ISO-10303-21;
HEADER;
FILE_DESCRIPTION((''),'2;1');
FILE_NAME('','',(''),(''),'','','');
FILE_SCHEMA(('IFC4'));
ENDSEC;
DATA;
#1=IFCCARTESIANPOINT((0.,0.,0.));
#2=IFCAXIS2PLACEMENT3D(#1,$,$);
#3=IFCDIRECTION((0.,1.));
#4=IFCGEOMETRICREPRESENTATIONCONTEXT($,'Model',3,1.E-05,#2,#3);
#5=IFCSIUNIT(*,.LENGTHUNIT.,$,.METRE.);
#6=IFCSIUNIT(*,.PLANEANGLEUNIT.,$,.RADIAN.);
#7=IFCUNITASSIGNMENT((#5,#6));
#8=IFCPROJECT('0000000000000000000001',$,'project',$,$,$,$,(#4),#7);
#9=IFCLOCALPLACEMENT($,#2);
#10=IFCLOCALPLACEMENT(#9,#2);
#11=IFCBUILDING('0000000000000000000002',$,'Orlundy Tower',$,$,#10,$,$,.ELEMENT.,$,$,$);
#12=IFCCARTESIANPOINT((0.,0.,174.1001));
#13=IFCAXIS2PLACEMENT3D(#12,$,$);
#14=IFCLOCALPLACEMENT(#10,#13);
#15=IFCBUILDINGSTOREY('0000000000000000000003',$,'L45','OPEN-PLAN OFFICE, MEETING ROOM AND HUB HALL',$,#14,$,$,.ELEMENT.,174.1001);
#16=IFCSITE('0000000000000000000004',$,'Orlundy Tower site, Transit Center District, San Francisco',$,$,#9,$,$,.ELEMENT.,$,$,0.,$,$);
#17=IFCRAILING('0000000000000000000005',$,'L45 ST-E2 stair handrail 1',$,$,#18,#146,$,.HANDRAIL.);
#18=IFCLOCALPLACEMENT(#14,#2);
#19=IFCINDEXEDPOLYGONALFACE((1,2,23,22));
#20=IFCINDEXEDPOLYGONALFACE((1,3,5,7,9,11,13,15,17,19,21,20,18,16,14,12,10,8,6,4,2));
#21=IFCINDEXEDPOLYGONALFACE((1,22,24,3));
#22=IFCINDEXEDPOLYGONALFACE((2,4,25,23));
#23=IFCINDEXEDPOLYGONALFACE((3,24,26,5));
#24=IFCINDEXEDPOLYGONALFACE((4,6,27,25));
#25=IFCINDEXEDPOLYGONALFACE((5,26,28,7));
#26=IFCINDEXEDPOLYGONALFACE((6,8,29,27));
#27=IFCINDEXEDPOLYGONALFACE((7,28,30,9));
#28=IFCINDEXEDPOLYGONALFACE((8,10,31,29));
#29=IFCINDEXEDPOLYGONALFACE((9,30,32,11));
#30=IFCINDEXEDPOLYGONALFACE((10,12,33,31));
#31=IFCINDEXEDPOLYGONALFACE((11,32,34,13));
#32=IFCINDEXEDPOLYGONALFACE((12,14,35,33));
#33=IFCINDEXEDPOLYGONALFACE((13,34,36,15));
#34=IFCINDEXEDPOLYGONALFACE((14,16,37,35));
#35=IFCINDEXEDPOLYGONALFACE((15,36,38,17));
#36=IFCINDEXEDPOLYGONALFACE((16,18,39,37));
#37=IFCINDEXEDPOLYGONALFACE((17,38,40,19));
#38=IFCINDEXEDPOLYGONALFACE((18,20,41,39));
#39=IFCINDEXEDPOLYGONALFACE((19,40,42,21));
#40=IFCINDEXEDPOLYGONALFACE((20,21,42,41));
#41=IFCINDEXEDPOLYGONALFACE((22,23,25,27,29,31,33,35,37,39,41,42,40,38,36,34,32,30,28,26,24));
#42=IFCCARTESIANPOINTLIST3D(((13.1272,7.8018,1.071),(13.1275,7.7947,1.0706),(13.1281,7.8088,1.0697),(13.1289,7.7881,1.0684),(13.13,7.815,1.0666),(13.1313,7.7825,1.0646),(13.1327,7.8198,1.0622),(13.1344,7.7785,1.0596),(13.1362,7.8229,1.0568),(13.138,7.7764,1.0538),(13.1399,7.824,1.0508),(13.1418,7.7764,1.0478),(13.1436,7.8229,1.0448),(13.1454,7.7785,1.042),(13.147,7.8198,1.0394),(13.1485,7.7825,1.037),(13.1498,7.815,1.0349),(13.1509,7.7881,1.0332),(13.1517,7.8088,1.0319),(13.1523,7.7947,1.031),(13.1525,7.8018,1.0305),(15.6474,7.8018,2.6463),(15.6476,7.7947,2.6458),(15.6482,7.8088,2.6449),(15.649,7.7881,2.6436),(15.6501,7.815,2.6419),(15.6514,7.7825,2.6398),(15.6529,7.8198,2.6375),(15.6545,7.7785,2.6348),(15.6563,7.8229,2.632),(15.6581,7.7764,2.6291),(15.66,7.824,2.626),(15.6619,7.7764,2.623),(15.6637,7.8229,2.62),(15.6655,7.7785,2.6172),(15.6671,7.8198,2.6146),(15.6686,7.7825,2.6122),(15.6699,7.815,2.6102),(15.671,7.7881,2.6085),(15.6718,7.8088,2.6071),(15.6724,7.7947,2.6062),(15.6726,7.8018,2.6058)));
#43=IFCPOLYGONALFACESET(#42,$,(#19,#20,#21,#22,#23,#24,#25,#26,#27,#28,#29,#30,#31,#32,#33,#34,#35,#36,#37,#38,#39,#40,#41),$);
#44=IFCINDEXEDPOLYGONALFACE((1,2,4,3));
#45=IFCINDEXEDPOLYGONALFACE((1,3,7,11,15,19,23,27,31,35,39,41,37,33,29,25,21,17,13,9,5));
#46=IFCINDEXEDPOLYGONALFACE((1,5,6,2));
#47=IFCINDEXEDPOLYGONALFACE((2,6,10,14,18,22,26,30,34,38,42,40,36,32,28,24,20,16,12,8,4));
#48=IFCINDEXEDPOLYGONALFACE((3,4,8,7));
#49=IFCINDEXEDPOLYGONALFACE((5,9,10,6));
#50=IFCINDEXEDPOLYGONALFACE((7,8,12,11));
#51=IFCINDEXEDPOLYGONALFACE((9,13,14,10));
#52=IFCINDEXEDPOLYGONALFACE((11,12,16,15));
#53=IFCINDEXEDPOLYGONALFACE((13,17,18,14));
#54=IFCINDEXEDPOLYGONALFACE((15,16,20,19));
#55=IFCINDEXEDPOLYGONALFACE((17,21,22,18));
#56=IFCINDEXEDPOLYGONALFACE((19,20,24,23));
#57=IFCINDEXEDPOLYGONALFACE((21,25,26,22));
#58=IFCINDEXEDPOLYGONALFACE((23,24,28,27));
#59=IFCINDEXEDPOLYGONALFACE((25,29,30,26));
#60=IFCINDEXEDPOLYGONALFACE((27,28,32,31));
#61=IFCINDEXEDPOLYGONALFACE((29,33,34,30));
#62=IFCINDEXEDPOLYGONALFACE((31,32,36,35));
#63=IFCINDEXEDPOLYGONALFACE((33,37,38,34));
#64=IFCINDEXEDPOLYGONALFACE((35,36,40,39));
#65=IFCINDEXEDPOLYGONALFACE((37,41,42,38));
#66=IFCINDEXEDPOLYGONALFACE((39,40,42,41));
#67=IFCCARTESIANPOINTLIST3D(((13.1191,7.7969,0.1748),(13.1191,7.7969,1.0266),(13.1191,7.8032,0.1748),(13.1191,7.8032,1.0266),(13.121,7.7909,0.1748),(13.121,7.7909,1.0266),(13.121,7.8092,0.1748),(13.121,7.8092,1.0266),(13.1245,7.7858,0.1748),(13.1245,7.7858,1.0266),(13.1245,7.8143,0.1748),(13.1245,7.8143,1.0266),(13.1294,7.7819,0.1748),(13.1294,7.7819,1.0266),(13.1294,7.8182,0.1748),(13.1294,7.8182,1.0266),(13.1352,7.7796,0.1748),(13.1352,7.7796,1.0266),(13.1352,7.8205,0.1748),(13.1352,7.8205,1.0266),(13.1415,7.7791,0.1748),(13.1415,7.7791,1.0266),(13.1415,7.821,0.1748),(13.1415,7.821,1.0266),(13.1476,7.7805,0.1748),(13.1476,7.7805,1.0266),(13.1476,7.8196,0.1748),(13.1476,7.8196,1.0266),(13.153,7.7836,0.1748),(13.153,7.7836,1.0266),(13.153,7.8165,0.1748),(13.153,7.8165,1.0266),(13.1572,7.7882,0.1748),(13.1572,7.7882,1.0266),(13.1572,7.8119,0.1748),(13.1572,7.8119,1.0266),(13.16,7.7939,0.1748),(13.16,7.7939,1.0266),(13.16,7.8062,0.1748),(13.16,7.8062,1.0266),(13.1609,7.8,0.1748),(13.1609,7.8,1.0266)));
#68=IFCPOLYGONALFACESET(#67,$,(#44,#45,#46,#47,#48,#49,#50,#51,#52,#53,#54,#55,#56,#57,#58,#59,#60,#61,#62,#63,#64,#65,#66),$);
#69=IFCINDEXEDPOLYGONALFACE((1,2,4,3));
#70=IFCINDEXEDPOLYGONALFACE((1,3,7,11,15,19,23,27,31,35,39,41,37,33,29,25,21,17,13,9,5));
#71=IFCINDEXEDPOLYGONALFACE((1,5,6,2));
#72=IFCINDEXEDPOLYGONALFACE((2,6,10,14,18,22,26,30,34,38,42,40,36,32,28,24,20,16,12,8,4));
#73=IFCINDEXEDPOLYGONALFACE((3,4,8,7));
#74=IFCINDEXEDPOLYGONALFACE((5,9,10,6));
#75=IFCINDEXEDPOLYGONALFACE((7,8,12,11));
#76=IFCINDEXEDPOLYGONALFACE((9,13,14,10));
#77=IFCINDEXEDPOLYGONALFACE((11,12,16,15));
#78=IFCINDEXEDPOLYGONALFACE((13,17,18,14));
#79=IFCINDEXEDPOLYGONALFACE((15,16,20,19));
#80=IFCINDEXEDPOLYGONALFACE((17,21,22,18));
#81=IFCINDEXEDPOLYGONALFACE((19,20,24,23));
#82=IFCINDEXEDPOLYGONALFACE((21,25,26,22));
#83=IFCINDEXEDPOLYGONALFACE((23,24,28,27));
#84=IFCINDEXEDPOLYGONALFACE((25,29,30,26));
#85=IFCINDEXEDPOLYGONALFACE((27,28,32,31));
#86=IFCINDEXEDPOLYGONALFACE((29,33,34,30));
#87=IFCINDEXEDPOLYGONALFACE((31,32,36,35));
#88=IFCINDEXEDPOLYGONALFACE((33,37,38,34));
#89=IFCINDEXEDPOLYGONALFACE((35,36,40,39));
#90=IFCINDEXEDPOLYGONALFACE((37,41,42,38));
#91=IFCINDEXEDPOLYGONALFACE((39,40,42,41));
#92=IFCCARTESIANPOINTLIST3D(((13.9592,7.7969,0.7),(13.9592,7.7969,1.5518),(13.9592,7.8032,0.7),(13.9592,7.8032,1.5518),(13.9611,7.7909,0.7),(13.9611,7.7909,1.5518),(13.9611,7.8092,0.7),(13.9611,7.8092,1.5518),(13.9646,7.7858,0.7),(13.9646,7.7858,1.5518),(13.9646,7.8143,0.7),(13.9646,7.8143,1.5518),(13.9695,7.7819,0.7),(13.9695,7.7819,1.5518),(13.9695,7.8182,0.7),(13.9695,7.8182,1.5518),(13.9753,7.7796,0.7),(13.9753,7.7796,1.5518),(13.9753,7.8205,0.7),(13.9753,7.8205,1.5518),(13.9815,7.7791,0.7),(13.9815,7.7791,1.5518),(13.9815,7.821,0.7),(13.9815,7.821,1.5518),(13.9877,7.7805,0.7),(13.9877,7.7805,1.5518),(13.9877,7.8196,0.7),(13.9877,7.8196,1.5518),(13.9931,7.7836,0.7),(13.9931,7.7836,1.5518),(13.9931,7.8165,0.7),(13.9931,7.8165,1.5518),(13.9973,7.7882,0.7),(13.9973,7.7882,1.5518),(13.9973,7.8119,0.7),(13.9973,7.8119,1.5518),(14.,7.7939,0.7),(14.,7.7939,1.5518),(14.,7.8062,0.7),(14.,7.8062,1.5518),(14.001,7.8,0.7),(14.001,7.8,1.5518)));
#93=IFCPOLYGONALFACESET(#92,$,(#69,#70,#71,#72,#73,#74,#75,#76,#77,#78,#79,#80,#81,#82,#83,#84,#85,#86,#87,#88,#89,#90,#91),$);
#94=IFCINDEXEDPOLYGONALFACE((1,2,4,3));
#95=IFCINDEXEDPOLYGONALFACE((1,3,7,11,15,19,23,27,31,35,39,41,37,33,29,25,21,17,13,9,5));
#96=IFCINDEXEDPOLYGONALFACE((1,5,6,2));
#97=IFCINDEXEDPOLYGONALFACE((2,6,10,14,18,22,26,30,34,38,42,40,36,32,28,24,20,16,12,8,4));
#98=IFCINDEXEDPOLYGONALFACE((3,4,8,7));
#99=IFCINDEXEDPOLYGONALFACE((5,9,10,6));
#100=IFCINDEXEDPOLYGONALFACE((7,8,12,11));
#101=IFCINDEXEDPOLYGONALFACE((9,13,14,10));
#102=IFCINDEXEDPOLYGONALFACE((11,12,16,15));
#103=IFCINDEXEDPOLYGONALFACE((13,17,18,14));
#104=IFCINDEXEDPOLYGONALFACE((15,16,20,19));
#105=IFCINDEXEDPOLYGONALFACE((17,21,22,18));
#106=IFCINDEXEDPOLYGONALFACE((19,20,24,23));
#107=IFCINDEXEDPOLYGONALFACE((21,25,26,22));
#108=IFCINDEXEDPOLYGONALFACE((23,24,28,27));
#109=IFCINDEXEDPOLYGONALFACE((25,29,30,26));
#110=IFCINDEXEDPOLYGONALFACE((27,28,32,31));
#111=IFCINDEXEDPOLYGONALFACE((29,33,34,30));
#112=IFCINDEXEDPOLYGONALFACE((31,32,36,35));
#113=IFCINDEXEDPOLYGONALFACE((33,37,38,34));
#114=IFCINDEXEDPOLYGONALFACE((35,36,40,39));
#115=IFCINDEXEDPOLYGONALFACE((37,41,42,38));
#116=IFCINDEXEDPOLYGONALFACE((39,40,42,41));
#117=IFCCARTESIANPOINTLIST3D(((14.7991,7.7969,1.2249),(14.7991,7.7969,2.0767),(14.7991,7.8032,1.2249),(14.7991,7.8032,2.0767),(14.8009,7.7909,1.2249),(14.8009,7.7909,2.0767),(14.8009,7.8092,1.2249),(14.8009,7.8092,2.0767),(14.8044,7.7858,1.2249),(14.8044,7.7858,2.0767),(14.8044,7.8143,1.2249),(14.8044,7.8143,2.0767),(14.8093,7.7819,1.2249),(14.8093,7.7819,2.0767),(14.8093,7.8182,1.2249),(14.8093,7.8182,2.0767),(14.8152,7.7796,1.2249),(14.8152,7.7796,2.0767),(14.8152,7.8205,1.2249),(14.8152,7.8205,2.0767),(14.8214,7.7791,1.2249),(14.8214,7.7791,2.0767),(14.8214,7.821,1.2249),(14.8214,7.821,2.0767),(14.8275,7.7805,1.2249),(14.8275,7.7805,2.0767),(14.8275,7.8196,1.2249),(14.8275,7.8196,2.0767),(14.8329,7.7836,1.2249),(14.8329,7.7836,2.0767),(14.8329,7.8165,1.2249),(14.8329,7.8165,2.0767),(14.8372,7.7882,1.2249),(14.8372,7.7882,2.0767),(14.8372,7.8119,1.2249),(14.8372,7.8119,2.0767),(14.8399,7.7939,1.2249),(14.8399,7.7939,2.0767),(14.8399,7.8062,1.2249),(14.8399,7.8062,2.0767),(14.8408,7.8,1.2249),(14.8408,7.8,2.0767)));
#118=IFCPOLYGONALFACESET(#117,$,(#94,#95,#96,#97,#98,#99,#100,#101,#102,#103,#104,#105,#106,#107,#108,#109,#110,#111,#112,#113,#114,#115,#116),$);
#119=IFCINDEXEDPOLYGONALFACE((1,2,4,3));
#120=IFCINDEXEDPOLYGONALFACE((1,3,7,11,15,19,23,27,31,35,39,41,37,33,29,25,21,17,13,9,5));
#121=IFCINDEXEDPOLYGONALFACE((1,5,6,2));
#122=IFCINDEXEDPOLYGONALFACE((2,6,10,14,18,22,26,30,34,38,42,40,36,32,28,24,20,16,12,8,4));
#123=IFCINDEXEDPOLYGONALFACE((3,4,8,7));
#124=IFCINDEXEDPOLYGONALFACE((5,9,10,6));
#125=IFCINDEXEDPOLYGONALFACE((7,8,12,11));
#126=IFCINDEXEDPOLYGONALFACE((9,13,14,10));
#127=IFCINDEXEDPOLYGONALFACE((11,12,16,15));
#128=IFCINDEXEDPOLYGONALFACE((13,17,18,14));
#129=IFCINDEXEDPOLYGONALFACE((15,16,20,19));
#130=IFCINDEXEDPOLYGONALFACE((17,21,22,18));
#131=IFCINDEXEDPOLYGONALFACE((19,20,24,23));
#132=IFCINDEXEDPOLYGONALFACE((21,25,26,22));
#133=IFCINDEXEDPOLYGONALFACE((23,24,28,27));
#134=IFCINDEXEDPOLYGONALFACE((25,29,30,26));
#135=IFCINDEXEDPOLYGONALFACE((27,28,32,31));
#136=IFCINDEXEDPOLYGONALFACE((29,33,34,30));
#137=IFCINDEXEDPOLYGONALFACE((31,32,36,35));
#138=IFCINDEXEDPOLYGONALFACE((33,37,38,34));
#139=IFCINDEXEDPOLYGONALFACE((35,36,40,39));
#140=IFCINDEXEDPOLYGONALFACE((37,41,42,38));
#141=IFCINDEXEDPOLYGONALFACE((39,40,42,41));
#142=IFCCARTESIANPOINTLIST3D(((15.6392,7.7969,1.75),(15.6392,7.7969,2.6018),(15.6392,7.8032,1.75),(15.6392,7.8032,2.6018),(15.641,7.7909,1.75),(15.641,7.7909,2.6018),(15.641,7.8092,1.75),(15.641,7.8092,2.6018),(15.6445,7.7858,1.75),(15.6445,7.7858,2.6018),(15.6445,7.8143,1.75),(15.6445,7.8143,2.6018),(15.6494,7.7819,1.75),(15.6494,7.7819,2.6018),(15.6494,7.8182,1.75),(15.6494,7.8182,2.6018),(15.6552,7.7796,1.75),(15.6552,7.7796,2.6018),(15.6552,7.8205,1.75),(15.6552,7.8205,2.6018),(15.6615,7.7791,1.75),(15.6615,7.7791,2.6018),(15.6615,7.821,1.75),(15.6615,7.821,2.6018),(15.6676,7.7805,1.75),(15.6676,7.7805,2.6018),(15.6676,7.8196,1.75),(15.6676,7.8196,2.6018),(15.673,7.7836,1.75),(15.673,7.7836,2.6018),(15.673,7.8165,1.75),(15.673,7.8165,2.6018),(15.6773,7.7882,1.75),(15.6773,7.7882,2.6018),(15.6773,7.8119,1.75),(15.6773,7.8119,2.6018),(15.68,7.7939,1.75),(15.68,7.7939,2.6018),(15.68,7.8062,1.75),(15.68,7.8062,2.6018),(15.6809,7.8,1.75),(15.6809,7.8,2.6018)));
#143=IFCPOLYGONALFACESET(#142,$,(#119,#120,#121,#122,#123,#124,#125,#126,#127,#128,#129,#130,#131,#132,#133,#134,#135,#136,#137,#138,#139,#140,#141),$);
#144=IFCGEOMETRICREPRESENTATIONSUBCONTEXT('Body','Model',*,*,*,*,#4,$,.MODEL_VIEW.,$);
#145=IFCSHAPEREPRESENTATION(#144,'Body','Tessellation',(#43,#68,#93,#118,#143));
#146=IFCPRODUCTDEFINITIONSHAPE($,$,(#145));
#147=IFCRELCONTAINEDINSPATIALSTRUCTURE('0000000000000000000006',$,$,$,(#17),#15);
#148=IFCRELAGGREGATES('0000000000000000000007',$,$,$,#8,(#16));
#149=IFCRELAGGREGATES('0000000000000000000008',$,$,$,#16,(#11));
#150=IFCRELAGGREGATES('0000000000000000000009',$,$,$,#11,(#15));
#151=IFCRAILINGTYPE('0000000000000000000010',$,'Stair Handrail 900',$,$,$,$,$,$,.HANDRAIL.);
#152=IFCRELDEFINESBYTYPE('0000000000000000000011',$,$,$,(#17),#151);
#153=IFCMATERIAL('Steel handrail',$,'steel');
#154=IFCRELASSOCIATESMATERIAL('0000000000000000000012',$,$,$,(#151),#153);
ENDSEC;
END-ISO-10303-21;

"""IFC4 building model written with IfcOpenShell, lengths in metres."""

from ifc_helpers import new_model, si_unit, direction, frame, origin, origin_2d, place, context, subcontext, project, spatial, circle, extrude, material, type_object, element, save


model = new_model("IFC4")

# Units and contexts
model_context = context("Model", 3, precision=1e-05, world=origin(), true_north=direction((0.0, 1.0)))
body_context = subcontext(model_context, "Body", "Model", "MODEL_VIEW")
ifc_project = project(units=[si_unit("LENGTHUNIT", "METRE"), si_unit("PLANEANGLEUNIT", "RADIAN")], contexts=[model_context])

# Site, building, storey
site_placement = place(None, origin())
site = spatial("IfcSite", under=ifc_project, at=site_placement, Name="Orlundy Tower site, Transit Center District, San Francisco", CompositionType="ELEMENT", RefElevation=0.0)
building_placement = place(site_placement, origin())
building = spatial("IfcBuilding", under=site, at=building_placement, Name="Orlundy Tower", CompositionType="ELEMENT")
storey_placement = place(building_placement, frame((0.0, 0.0, 174.1001)))
storey = spatial("IfcBuildingStorey", under=building, at=storey_placement, Name="L45", Description="OPEN-PLAN OFFICE, MEETING ROOM AND HUB HALL", CompositionType="ELEMENT", Elevation=174.1001)

# Railing
ifc_material_1 = material(Name="Steel handrail", Category="steel")
railing_type_1 = type_object("IfcRailingType", Name="Stair Handrail 900", PredefinedType="HANDRAIL", material=ifc_material_1)
railing_1_placement = place(storey_placement, frame((13.1399, 7.8, 0.1748)))
element("IfcRailing", 1, at=railing_1_placement, inside=storey, type_object=railing_type_1, Name="L45 ST-E2 stair handrail 1", PredefinedType="HANDRAIL", context=body_context, shape_type="SweptSolid", body=[
    extrude(circle(Radius=0.0239, at=origin_2d()), frame((0.0, 0.0, 0.876), z_axis=(0.847971, 0.0, 0.530043), x_axis=(0.0, 1.0, 0.0)), (0.0, 0.0, 1.0), 2.9719),
    extrude(circle(Radius=0.021, at=origin_2d()), origin(), (0.0, 0.0, 1.0), 0.8518),
    extrude(circle(Radius=0.021, at=origin_2d()), frame((0.8401, 0.0, 0.5251)), (0.0, 0.0, 1.0), 0.8518),
    extrude(circle(Radius=0.021, at=origin_2d()), frame((1.6799, 0.0, 1.05)), (0.0, 0.0, 1.0), 0.8518),
    extrude(circle(Radius=0.021, at=origin_2d()), frame((2.52, 0.0, 1.5752)), (0.0, 0.0, 1.0), 0.8518),
])

save(model, "model.ifc")
